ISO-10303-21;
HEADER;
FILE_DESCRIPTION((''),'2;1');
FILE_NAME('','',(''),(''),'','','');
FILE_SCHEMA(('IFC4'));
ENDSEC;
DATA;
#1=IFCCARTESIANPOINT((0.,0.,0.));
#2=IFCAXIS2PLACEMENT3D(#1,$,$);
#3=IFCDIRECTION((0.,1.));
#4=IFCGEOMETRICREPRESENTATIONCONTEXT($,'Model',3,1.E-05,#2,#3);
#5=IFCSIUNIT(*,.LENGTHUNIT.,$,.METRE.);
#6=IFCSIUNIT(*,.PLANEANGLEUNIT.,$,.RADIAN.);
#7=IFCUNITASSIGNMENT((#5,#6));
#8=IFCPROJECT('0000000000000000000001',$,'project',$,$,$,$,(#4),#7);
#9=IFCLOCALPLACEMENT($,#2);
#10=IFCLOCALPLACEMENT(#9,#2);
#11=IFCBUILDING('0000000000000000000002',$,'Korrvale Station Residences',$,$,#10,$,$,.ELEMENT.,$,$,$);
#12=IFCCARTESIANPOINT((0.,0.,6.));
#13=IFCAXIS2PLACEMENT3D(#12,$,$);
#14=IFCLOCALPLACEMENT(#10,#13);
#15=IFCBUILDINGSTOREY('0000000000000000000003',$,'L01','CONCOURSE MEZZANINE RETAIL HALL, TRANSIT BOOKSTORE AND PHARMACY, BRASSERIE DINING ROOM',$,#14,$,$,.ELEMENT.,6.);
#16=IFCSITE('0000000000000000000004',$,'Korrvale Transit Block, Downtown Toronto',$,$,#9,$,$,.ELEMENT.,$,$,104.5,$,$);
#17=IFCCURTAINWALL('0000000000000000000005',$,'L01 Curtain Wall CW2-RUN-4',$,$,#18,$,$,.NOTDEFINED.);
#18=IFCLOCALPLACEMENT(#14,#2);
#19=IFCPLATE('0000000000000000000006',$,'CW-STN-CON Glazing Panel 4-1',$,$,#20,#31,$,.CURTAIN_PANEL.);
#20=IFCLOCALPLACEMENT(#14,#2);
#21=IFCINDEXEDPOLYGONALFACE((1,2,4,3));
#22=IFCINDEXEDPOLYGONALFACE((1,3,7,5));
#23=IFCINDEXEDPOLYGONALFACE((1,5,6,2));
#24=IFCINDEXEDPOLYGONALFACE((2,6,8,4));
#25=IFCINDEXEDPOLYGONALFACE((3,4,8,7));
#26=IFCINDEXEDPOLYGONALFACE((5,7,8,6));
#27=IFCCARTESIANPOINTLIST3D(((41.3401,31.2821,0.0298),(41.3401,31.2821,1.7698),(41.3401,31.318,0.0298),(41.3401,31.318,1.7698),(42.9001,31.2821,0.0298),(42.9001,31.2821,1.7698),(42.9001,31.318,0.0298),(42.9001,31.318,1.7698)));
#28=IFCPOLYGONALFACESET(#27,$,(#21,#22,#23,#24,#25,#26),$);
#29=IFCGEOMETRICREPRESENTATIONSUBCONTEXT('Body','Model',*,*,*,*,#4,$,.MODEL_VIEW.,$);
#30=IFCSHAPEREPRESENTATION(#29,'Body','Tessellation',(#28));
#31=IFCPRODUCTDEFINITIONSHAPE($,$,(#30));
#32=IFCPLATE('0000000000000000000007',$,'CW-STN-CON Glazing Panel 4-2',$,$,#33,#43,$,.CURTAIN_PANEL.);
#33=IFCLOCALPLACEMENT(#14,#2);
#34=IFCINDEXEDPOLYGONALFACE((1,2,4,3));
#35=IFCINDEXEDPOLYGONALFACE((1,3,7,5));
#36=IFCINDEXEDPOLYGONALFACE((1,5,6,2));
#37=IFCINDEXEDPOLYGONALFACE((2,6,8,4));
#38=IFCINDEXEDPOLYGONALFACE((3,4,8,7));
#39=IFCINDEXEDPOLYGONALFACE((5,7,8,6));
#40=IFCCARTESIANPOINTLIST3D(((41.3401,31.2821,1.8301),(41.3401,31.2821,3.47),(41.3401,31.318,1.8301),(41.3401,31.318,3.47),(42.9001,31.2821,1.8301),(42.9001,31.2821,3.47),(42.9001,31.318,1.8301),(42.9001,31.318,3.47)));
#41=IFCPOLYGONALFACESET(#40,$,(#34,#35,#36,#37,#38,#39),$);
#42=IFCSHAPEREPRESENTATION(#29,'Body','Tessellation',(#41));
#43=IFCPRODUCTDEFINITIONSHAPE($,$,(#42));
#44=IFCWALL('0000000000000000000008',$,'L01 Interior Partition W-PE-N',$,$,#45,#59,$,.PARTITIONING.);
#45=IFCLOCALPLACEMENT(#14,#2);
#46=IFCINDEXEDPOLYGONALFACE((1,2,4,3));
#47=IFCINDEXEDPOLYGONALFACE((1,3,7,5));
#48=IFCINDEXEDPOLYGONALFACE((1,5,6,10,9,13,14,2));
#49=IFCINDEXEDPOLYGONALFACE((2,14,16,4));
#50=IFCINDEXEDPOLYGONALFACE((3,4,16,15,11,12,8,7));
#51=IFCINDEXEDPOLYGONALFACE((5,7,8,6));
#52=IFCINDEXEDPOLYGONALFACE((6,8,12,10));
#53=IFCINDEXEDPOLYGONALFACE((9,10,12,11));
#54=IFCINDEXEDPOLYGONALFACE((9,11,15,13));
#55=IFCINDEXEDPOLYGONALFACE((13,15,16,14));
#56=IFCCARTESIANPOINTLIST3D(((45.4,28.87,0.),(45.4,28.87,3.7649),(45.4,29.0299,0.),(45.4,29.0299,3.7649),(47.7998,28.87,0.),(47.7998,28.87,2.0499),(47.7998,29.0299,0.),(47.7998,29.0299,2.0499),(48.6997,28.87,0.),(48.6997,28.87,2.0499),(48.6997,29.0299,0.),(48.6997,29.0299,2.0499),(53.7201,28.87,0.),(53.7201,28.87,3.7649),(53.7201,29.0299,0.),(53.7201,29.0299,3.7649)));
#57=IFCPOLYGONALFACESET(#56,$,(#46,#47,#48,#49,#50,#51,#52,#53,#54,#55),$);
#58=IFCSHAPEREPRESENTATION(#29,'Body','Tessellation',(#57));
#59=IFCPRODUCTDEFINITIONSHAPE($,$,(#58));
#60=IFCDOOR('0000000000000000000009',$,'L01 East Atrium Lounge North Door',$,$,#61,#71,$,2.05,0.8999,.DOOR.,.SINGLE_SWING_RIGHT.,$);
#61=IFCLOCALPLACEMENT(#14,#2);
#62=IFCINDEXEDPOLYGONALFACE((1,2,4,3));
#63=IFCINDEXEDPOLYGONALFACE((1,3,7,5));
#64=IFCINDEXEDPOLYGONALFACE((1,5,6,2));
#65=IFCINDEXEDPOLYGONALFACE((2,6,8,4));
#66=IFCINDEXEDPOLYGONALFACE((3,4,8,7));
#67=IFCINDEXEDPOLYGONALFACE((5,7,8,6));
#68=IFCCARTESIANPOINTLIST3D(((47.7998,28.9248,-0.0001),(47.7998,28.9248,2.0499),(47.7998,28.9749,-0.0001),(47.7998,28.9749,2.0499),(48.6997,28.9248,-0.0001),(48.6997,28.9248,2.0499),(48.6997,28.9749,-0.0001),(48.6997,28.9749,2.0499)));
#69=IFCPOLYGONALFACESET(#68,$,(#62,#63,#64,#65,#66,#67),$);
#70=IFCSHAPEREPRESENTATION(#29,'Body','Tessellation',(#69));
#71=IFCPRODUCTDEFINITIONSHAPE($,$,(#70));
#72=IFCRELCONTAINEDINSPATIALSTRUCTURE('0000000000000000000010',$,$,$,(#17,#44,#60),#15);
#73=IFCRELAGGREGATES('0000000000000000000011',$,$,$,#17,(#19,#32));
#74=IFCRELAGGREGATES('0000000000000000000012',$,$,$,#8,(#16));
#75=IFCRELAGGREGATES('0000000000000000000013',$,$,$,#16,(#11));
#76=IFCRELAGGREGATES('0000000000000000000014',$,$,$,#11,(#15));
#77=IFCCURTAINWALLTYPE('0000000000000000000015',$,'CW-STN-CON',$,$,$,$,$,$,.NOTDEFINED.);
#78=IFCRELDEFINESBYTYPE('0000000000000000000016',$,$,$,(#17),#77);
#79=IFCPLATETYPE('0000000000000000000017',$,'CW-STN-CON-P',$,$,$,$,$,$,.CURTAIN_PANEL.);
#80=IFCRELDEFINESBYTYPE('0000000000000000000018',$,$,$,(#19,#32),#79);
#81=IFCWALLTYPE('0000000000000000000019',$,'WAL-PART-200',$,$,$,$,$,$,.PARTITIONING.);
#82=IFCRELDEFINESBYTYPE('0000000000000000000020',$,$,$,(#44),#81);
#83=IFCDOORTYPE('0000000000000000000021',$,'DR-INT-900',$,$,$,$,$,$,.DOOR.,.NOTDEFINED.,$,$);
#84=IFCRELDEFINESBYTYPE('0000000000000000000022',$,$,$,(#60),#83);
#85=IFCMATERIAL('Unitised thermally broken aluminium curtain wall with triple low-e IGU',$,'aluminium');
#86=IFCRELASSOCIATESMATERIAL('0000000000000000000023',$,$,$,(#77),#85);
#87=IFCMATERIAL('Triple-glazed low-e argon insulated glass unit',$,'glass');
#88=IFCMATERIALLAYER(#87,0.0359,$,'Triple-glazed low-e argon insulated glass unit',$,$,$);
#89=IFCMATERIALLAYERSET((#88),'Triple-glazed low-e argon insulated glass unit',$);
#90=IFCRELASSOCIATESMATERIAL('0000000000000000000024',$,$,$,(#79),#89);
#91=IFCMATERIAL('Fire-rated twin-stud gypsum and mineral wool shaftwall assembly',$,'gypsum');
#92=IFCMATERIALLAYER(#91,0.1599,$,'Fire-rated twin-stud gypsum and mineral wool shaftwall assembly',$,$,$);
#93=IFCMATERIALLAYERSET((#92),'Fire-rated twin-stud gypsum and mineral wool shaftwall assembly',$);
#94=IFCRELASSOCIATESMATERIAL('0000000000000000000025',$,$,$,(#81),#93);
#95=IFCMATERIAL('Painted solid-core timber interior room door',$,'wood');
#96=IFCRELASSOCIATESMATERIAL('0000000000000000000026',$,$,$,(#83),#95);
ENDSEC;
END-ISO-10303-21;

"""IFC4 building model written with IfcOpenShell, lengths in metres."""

from ifc_helpers import new_model, si_unit, direction, frame, frame_2d, origin, origin_2d, place, context, subcontext, project, spatial, rectangle, extrude, material, layer, layer_set, type_object, element, fill, aggregate, save


model = new_model("IFC4")

# Units and contexts
model_context = context("Model", 3, precision=1e-05, world=origin(), true_north=direction((0.0, 1.0)))
body_context = subcontext(model_context, "Body", "Model", "MODEL_VIEW")
ifc_project = project(units=[si_unit("LENGTHUNIT", "METRE"), si_unit("PLANEANGLEUNIT", "RADIAN")], contexts=[model_context])

# Site, building, storey
site_placement = place(None, origin())
site = spatial("IfcSite", under=ifc_project, at=site_placement, Name="Korrvale Transit Block, Downtown Toronto", CompositionType="ELEMENT", RefElevation=104.5)
building_placement = place(site_placement, origin())
building = spatial("IfcBuilding", under=site, at=building_placement, Name="Korrvale Station Residences", CompositionType="ELEMENT")
storey_placement = place(building_placement, frame((0.0, 0.0, 6.0)))
storey = spatial("IfcBuildingStorey", under=building, at=storey_placement, Name="L01", Description="CONCOURSE MEZZANINE RETAIL HALL, TRANSIT BOOKSTORE AND PHARMACY, BRASSERIE DINING ROOM", CompositionType="ELEMENT", Elevation=6.0)

# Curtain wall
ifc_material_1 = material(Name="Unitised thermally broken aluminium curtain wall with triple low-e IGU", Category="aluminium")
curtain_wall_type_1 = type_object("IfcCurtainWallType", Name="CW-STN-CON", PredefinedType="NOTDEFINED", material=ifc_material_1)
curtain_wall_1_placement = place(storey_placement, origin())
curtain_wall_1 = element("IfcCurtainWall", 1, at=curtain_wall_1_placement, inside=storey, type_object=curtain_wall_type_1, Name="L01 Curtain Wall CW2-RUN-4", PredefinedType="NOTDEFINED")

# Plates
ifc_material_2 = material(Name="Triple-glazed low-e argon insulated glass unit", Category="glass")
ifc_layer_1 = layer(ifc_material_2, 0.0359, Name="Triple-glazed low-e argon insulated glass unit")
ifc_layer_set_1 = layer_set([ifc_layer_1], Name="Triple-glazed low-e argon insulated glass unit")
plate_type_1 = type_object("IfcPlateType", Name="CW-STN-CON-P", PredefinedType="CURTAIN_PANEL", material=ifc_layer_set_1)
plate_1_placement = place(storey_placement, frame((42.1201, 31.3, 0.0298), z_axis=(0.0, 0.0, 1.0), x_axis=(1.0, 0.0, 0.0)))
plate_1 = element("IfcPlate", 2, at=plate_1_placement, type_object=plate_type_1, Name="CW-STN-CON Glazing Panel 4-1", PredefinedType="CURTAIN_PANEL", context=body_context, shape_type="SweptSolid", body=[
    extrude(rectangle(XDim=1.5601, YDim=0.0359, at=origin_2d()), origin(), (0.0, 0.0, 1.0), 1.74),
])
plate_2_placement = place(storey_placement, frame((42.1201, 31.3, 1.8301), z_axis=(0.0, 0.0, 1.0), x_axis=(1.0, 0.0, 0.0)))
plate_2 = element("IfcPlate", 3, at=plate_2_placement, type_object=plate_type_1, Name="CW-STN-CON Glazing Panel 4-2", PredefinedType="CURTAIN_PANEL", context=body_context, shape_type="SweptSolid", body=[
    extrude(rectangle(XDim=1.5601, YDim=0.0359, at=origin_2d()), origin(), (0.0, 0.0, 1.0), 1.6399),
])
aggregate(curtain_wall_1, [plate_1, plate_2])

# Wall, opening, door
ifc_material_3 = material(Name="Fire-rated twin-stud gypsum and mineral wool shaftwall assembly", Category="gypsum")
ifc_layer_2 = layer(ifc_material_3, 0.1599, Name="Fire-rated twin-stud gypsum and mineral wool shaftwall assembly")
ifc_layer_set_2 = layer_set([ifc_layer_2], Name="Fire-rated twin-stud gypsum and mineral wool shaftwall assembly")
wall_type = type_object("IfcWallType", Name="WAL-PART-200", PredefinedType="PARTITIONING", material=ifc_layer_set_2)
wall_placement = place(storey_placement, frame((45.3999, 28.95, 0.0), z_axis=(0.0, 0.0, 1.0), x_axis=(1.0, 0.0, 0.0)))
wall = element("IfcWall", 4, at=wall_placement, inside=storey, type_object=wall_type, Name="L01 Interior Partition W-PE-N", PredefinedType="PARTITIONING", context=body_context, shape_type="SweptSolid", body=[
    extrude(rectangle(XDim=8.3201, YDim=0.1599, at=frame_2d((4.1602, 0.0))), origin(), (0.0, 0.0, 1.0), 3.7649),
])
opening_placement = place(wall_placement, frame((2.3999, 0.0, 0.0)))
opening = element("IfcOpeningElement", 5, at=opening_placement, cuts=wall, PredefinedType="OPENING", context=body_context, shape_type="SweptSolid", body=[
    extrude(rectangle(XDim=0.8999, YDim=2.05, at=frame_2d((0.45, 1.0249))), frame((0.0, 0.0898, 0.0), z_axis=(0.0, -1.0, 0.0), x_axis=(1.0, 0.0, 0.0)), (0.0, 0.0, 1.0), 0.1799),
])
ifc_material_4 = material(Name="Painted solid-core timber interior room door", Category="wood")
door_type = type_object("IfcDoorType", Name="DR-INT-900", OperationType="NOTDEFINED", PredefinedType="DOOR", material=ifc_material_4)
door_placement = place(opening_placement, origin())
door = element("IfcDoor", 6, at=door_placement, inside=storey, type_object=door_type, Name="L01 East Atrium Lounge North Door", OperationType="SINGLE_SWING_RIGHT", OverallHeight=2.05, OverallWidth=0.8999, PredefinedType="DOOR", context=body_context, shape_type="SweptSolid", body=[
    extrude(rectangle(XDim=0.8999, YDim=2.05, at=frame_2d((0.45, 1.0249))), frame((0.0, 0.0249, 0.0), z_axis=(0.0, -1.0, 0.0), x_axis=(1.0, 0.0, 0.0)), (0.0, 0.0, 1.0), 0.05),
])
fill(opening, door)

save(model, "model.ifc")
